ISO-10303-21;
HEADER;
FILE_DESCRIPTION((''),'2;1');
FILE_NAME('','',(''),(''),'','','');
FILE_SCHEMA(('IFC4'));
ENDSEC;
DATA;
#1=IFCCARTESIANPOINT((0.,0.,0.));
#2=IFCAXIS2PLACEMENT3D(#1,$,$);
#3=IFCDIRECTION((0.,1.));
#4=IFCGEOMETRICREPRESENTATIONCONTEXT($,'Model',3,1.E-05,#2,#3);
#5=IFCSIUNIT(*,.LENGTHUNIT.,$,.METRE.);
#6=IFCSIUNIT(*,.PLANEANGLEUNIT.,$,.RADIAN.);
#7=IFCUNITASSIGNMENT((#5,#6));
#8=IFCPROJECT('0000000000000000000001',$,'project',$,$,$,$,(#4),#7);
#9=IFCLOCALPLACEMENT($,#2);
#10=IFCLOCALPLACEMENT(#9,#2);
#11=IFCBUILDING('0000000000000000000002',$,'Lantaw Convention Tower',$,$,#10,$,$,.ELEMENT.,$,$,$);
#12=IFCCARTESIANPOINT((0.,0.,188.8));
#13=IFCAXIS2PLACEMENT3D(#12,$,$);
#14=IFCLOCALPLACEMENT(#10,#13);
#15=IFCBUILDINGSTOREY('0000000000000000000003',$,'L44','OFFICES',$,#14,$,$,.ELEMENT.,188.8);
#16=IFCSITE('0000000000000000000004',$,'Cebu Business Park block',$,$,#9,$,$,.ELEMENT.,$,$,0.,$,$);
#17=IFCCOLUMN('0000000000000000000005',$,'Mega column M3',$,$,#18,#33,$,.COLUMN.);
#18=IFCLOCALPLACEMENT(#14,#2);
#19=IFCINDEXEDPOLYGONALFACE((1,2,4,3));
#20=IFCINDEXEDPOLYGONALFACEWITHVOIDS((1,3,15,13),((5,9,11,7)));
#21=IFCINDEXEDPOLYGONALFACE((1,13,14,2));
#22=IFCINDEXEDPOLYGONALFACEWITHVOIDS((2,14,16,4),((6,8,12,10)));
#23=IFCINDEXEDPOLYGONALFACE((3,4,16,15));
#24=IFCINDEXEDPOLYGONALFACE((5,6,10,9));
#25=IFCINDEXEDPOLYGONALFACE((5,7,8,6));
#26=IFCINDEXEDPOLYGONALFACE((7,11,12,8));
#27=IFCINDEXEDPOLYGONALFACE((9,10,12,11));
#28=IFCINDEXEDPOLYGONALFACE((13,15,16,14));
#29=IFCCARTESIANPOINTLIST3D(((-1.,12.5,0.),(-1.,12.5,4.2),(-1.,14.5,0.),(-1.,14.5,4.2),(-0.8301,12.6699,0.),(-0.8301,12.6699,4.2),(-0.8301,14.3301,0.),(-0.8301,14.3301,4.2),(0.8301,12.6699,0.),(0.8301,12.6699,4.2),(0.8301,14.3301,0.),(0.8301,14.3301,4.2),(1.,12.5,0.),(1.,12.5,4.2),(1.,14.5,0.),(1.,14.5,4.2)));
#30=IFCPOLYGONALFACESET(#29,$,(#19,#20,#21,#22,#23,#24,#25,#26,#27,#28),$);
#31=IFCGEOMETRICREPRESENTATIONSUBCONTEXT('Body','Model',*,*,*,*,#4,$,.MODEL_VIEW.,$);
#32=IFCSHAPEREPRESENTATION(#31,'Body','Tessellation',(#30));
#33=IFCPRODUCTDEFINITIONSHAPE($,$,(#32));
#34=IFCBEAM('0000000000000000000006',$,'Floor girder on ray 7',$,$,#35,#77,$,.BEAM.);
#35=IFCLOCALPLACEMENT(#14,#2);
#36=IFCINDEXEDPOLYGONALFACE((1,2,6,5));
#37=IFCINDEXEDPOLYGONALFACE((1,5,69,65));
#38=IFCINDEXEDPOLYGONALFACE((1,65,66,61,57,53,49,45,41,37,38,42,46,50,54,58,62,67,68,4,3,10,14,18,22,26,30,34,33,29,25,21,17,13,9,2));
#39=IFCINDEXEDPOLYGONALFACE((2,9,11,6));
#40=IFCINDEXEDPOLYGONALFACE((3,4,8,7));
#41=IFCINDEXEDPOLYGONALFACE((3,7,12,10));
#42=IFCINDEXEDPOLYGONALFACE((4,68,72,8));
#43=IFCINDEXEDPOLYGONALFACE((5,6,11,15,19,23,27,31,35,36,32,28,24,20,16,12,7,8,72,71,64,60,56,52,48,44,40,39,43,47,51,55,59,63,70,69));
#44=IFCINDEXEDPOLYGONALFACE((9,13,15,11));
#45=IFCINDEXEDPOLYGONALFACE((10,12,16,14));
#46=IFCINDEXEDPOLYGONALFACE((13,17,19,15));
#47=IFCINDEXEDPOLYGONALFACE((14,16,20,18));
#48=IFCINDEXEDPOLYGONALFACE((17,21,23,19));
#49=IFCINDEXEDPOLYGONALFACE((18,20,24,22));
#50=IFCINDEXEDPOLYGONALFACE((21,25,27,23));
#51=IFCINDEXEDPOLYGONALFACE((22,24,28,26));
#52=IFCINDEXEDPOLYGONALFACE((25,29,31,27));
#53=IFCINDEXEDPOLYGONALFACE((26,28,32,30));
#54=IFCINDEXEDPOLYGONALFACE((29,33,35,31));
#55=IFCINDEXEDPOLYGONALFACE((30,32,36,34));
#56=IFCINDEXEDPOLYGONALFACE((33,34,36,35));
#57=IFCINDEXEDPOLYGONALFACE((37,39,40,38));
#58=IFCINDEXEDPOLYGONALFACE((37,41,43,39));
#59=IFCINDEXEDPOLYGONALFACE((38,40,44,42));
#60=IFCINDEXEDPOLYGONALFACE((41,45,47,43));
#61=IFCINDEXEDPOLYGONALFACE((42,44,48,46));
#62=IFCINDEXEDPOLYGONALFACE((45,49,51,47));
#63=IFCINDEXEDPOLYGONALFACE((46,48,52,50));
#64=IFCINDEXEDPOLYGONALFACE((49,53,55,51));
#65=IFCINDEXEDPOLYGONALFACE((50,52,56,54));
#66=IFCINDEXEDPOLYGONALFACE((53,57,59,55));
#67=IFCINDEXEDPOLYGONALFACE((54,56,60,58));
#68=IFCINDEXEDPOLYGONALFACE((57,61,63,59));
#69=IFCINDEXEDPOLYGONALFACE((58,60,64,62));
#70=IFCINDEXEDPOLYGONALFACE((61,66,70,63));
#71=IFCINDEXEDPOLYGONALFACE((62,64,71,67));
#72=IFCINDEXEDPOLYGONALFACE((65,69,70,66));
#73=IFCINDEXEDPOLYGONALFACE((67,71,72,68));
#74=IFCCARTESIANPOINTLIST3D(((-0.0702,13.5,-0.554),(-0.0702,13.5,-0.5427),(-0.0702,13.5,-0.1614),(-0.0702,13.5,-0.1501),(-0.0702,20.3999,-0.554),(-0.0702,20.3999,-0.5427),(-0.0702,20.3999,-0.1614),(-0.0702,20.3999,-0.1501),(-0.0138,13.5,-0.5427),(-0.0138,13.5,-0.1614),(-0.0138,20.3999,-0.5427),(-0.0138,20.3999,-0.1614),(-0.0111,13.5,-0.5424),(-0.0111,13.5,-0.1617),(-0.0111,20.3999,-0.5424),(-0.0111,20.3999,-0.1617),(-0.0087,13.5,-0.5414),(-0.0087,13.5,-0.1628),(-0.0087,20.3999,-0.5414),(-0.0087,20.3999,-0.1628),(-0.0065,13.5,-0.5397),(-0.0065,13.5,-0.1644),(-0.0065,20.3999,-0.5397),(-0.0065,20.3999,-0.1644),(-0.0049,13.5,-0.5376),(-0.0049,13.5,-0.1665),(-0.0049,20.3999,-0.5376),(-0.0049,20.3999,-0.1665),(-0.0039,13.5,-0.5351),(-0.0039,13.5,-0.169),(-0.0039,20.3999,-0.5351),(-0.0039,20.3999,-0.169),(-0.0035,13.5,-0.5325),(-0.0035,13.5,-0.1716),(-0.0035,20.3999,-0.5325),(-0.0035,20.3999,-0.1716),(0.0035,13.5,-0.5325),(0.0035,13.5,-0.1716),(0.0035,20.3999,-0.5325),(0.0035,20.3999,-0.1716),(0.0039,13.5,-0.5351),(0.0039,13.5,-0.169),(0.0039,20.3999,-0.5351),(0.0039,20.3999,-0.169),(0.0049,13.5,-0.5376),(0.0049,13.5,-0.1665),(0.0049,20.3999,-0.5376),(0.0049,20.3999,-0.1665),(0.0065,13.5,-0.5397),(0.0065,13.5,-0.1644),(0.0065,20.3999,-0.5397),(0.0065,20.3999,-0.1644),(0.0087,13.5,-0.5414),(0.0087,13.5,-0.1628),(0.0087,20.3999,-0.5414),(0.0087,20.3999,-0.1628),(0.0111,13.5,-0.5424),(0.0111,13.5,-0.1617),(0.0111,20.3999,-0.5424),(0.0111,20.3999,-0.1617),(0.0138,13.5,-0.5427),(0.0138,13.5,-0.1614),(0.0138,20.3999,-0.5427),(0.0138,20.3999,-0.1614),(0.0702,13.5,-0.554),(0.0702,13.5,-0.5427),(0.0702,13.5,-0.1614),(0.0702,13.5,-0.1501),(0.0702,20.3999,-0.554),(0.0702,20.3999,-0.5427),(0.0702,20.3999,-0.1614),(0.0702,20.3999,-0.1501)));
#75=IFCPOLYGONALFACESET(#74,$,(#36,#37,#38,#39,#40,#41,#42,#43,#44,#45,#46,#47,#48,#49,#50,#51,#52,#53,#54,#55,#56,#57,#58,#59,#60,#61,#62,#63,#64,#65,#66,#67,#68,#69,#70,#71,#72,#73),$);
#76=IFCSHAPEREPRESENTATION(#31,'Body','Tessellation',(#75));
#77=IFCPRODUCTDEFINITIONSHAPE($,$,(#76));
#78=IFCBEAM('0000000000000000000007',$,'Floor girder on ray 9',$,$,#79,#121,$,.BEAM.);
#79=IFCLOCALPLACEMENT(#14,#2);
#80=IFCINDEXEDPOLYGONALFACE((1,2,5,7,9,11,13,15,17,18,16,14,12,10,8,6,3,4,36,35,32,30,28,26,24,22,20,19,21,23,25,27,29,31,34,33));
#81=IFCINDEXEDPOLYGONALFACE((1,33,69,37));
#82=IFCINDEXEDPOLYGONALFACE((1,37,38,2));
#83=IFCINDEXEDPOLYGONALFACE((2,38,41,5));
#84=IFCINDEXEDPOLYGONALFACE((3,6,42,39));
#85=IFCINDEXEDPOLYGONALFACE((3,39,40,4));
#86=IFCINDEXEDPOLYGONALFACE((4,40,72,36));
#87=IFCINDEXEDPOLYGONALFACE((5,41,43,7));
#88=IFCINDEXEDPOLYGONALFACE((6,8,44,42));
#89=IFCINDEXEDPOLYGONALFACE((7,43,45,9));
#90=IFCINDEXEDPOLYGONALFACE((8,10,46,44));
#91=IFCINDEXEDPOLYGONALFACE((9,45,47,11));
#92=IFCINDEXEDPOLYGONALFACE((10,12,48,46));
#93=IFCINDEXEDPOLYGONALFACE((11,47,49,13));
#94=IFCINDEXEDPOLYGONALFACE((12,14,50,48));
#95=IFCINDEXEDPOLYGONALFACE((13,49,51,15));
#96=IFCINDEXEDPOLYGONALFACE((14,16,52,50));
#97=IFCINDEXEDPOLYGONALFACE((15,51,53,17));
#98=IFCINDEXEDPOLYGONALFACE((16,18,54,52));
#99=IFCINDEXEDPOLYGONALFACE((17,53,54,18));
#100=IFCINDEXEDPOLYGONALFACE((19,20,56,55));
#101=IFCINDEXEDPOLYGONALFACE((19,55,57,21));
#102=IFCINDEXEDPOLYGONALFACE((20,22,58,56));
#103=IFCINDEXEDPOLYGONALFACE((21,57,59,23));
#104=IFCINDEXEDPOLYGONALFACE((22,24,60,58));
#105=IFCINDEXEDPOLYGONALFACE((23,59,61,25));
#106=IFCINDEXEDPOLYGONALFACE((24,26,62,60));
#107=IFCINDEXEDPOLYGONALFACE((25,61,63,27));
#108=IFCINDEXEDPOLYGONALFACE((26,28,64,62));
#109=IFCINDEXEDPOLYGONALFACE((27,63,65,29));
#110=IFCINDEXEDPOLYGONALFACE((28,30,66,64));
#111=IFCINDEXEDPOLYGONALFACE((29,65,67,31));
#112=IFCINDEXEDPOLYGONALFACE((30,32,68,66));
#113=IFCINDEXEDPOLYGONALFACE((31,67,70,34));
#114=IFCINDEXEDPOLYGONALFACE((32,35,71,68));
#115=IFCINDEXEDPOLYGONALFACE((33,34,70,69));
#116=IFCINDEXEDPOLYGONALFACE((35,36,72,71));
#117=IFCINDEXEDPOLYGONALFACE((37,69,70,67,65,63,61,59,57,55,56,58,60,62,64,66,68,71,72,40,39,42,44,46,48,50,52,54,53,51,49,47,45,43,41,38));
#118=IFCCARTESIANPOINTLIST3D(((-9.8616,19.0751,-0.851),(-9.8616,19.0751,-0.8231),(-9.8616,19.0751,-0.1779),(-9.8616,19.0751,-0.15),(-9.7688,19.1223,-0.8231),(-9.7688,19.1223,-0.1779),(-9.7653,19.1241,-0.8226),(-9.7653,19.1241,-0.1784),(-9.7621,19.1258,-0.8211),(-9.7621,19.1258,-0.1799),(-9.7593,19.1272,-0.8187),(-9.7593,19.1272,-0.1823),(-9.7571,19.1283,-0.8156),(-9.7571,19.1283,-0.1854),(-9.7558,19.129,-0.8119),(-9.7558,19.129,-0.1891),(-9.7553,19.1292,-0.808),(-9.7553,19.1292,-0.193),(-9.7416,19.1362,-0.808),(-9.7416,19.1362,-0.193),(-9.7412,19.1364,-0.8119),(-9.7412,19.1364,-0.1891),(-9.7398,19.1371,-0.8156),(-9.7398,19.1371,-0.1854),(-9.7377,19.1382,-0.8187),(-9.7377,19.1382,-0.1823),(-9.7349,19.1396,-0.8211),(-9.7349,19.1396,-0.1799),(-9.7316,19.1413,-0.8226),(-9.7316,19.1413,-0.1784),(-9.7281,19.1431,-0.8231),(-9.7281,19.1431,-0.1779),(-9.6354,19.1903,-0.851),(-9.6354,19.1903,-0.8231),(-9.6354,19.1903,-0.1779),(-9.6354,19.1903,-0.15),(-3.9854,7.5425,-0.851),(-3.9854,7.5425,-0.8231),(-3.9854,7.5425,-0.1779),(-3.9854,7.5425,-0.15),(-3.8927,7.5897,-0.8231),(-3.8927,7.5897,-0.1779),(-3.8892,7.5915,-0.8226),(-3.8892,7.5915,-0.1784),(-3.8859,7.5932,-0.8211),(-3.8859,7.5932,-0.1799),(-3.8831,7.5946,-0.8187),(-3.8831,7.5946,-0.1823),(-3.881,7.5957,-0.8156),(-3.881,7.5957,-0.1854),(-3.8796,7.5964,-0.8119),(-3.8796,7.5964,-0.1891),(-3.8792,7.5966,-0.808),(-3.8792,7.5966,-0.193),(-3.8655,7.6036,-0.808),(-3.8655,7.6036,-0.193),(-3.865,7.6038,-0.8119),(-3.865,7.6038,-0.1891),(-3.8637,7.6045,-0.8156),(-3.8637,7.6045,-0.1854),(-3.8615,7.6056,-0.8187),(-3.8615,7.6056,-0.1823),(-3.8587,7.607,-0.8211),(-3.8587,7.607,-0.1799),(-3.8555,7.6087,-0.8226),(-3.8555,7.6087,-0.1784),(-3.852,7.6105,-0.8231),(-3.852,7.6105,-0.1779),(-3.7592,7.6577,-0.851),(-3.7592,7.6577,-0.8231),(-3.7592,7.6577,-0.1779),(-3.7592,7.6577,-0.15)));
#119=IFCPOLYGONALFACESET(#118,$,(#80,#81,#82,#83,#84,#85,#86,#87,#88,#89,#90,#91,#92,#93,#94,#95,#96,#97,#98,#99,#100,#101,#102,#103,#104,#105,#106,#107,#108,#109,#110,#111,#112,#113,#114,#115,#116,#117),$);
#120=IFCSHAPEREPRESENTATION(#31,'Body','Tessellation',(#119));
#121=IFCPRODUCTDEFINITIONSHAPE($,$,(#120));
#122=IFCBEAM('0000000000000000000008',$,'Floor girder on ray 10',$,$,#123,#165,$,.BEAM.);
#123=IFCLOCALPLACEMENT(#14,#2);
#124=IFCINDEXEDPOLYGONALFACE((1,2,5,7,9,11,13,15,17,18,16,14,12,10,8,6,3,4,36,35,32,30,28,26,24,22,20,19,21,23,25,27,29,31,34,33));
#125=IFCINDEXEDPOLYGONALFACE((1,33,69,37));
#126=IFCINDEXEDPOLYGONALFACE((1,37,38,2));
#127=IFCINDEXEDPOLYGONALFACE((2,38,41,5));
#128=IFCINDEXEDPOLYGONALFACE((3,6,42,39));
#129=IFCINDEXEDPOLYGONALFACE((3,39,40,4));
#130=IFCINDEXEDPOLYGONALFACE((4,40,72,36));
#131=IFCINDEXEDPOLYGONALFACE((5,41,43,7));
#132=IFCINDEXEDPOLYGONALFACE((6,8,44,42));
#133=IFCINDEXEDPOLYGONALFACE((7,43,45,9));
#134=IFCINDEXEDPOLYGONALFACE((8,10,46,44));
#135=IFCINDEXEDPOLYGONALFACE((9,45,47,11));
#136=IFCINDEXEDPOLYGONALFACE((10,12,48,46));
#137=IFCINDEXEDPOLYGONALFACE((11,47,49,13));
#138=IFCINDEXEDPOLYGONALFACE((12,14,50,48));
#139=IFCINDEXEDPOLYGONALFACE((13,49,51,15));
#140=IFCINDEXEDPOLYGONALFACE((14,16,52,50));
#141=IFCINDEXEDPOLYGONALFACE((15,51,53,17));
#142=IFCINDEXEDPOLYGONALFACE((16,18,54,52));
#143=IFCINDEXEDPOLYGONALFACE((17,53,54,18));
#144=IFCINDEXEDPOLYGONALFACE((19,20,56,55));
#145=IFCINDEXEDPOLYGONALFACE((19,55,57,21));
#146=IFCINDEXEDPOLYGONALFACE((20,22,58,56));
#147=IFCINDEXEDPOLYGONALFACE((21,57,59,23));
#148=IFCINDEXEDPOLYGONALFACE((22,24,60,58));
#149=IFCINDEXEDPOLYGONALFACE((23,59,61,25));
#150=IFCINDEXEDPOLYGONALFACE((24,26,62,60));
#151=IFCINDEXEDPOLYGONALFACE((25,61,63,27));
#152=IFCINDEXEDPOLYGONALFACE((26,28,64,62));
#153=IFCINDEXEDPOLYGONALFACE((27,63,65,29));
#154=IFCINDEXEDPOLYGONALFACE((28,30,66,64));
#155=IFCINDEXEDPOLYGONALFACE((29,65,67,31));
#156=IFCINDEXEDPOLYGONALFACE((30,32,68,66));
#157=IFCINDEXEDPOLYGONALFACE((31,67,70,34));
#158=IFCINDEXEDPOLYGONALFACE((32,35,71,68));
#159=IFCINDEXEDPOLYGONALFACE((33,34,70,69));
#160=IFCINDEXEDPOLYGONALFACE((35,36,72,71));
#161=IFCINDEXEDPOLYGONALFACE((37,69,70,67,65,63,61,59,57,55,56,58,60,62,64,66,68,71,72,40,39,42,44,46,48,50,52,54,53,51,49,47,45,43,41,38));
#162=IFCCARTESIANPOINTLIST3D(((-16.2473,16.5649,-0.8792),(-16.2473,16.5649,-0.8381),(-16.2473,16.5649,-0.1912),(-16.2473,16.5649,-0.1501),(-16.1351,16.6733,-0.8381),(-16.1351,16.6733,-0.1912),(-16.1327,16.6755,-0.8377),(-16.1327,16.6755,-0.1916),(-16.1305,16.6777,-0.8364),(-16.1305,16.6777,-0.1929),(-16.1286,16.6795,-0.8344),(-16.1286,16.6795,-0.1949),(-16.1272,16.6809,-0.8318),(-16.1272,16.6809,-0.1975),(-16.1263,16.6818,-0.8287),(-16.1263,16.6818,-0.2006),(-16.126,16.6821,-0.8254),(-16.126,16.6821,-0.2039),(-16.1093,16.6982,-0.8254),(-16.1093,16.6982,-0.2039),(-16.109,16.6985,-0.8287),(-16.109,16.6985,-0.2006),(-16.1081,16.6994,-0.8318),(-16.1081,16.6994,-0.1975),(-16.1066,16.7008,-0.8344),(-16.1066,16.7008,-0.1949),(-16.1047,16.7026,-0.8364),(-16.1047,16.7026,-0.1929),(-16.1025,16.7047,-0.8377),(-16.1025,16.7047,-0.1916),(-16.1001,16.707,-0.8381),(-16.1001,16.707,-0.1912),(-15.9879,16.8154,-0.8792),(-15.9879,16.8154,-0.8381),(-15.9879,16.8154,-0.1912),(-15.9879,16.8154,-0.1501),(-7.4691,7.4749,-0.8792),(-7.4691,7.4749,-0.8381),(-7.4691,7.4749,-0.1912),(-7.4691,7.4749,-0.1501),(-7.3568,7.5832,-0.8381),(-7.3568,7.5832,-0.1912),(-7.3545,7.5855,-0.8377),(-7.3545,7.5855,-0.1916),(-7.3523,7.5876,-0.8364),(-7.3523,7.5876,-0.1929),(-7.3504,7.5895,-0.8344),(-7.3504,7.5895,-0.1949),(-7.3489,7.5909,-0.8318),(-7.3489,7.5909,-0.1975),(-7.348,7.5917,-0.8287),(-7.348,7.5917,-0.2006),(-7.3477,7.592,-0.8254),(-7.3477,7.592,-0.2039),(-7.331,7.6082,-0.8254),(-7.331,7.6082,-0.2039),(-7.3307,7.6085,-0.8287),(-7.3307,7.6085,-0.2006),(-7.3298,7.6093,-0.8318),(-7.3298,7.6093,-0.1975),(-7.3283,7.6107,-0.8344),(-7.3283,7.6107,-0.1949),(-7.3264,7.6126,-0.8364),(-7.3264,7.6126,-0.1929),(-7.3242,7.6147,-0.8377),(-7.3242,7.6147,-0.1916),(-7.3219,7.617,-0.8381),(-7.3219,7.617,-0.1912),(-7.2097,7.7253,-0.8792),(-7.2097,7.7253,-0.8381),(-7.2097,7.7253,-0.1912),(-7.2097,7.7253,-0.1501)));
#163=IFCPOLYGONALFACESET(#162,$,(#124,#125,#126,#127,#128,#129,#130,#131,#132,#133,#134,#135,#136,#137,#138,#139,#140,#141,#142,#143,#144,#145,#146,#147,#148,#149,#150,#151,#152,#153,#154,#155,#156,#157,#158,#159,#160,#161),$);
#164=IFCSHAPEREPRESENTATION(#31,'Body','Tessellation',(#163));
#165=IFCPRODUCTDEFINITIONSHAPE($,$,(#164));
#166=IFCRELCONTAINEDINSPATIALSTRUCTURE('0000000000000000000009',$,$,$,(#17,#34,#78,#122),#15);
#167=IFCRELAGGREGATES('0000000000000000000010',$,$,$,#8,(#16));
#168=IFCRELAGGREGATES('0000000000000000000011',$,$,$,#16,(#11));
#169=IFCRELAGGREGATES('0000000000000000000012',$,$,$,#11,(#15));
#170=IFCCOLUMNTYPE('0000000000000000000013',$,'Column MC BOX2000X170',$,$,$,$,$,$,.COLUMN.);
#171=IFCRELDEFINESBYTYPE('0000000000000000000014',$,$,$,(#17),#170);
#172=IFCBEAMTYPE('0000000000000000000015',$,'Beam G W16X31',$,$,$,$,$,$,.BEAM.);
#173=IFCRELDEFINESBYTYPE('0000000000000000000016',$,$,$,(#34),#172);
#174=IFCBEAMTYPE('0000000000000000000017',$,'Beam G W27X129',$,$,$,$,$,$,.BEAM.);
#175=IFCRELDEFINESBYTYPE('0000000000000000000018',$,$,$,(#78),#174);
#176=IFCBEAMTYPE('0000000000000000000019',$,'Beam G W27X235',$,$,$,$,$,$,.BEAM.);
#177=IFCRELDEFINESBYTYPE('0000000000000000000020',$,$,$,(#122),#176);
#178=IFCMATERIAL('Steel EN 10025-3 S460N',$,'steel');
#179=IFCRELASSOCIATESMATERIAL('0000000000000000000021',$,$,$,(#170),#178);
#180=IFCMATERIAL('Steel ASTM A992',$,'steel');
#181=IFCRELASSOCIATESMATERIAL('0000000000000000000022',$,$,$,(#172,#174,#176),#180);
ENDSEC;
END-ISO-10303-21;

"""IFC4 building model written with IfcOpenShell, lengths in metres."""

from ifc_helpers import new_model, si_unit, direction, frame, origin, origin_2d, place, context, subcontext, project, spatial, rectangle, hollow_rectangle, i_section, extrude, material, material_profile, profile_set, type_object, element, save


model = new_model("IFC4")

# Units and contexts
model_context = context("Model", 3, precision=1e-05, world=origin(), true_north=direction((0.0, 1.0)))
body_context = subcontext(model_context, "Body", "Model", "MODEL_VIEW")
ifc_project = project(units=[si_unit("LENGTHUNIT", "METRE"), si_unit("PLANEANGLEUNIT", "RADIAN")], contexts=[model_context])

# Site, building, storey
site_placement = place(None, origin())
site = spatial("IfcSite", under=ifc_project, at=site_placement, Name="Cebu Business Park block", CompositionType="ELEMENT", RefElevation=0.0)
building_placement = place(site_placement, origin())
building = spatial("IfcBuilding", under=site, at=building_placement, Name="Lantaw Convention Tower", CompositionType="ELEMENT")
storey_placement = place(building_placement, frame((0.0, 0.0, 188.8)))
storey = spatial("IfcBuildingStorey", under=building, at=storey_placement, Name="L44", Description="OFFICES", CompositionType="ELEMENT", Elevation=188.8)

# Column
ifc_material_1 = material(Name="Steel EN 10025-3 S460N", Category="steel")
ifc_material_profile_1 = material_profile(ifc_material_1, hollow_rectangle(XDim=2.0, YDim=2.0, WallThickness=0.1699, at=origin_2d()), Name="BOX2000X170")
ifc_material_2 = material(Name="Concrete C60/75", Category="concrete")
ifc_material_profile_2 = material_profile(ifc_material_2, rectangle(XDim=1.6599, YDim=1.6599, at=origin_2d()), Name="Concrete fill of BOX2000X170")
ifc_profile_set_1 = profile_set([ifc_material_profile_1, ifc_material_profile_2], Name="Steel EN 10025-3 S460N")
column_type = type_object("IfcColumnType", Name="Column MC BOX2000X170", PredefinedType="COLUMN", material=ifc_profile_set_1)
column_placement = place(storey_placement, frame((0.0, 13.5, 0.0), z_axis=(0.0, 0.0, 1.0), x_axis=(1.0, 0.0, 0.0)))
element("IfcColumn", 1, at=column_placement, inside=storey, type_object=column_type, Name="Mega column M3", PredefinedType="COLUMN", context=body_context, shape_type="SweptSolid", body=[
    extrude(hollow_rectangle(XDim=2.0, YDim=2.0, WallThickness=0.1699, at=origin_2d()), origin(), (0.0, 0.0, 1.0), 4.2),
])

# Beams
ifc_material_3 = material(Name="Steel ASTM A992", Category="steel")
ifc_material_profile_3 = material_profile(ifc_material_3, i_section(OverallWidth=0.1404, OverallDepth=0.4038, WebThickness=0.0071, FlangeThickness=0.0112, FilletRadius=0.0103, at=origin_2d()), Name="W16X31")
ifc_profile_set_2 = profile_set([ifc_material_profile_3], Name="Steel ASTM A992")
beam_type_1 = type_object("IfcBeamType", Name="Beam G W16X31", PredefinedType="BEAM", material=ifc_profile_set_2)
beam_1_placement = place(storey_placement, frame((0.0, 13.5, -0.3521), z_axis=(0.0, 1.0, 0.0), x_axis=(-1.0, 0.0, 0.0)))
element("IfcBeam", 2, at=beam_1_placement, inside=storey, type_object=beam_type_1, Name="Floor girder on ray 7", PredefinedType="BEAM", context=body_context, shape_type="SweptSolid", body=[
    extrude(i_section(OverallWidth=0.1404, OverallDepth=0.4038, WebThickness=0.0071, FlangeThickness=0.0112, FilletRadius=0.0103, at=origin_2d()), origin(), (0.0, 0.0, 1.0), 6.8999),
])
ifc_material_profile_4 = material_profile(ifc_material_3, i_section(OverallWidth=0.2539, OverallDepth=0.7009, WebThickness=0.0154, FlangeThickness=0.0278, FilletRadius=0.0151, at=origin_2d()), Name="W27X129")
ifc_profile_set_3 = profile_set([ifc_material_profile_4], Name="Steel ASTM A992")
beam_type_2 = type_object("IfcBeamType", Name="Beam G W27X129", PredefinedType="BEAM", material=ifc_profile_set_3)
beam_2_placement = place(storey_placement, frame((-3.8723, 7.6001, -0.5005), z_axis=(-0.453991, 0.891006, 0.0), x_axis=(-0.891006, -0.453991, 0.0)))
element("IfcBeam", 3, at=beam_2_placement, inside=storey, type_object=beam_type_2, Name="Floor girder on ray 9", PredefinedType="BEAM", context=body_context, shape_type="SweptSolid", body=[
    extrude(i_section(OverallWidth=0.2539, OverallDepth=0.7009, WebThickness=0.0154, FlangeThickness=0.0278, FilletRadius=0.0151, at=origin_2d()), origin(), (0.0, 0.0, 1.0), 12.9434),
])
ifc_material_profile_5 = material_profile(ifc_material_3, i_section(OverallWidth=0.3606, OverallDepth=0.729, WebThickness=0.0232, FlangeThickness=0.041, FilletRadius=0.0127, at=origin_2d()), Name="W27X235")
ifc_profile_set_4 = profile_set([ifc_material_profile_5], Name="Steel ASTM A992")
beam_type_3 = type_object("IfcBeamType", Name="Beam G W27X235", PredefinedType="BEAM", material=ifc_profile_set_4)
beam_3_placement = place(storey_placement, frame((-7.3394, 7.6001, -0.5146), z_axis=(-0.694663, 0.719335, 0.0), x_axis=(-0.719335, -0.694663, 0.0)))
element("IfcBeam", 4, at=beam_3_placement, inside=storey, type_object=beam_type_3, Name="Floor girder on ray 10", PredefinedType="BEAM", context=body_context, shape_type="SweptSolid", body=[
    extrude(i_section(OverallWidth=0.3606, OverallDepth=0.729, WebThickness=0.0232, FlangeThickness=0.041, FilletRadius=0.0127, at=origin_2d()), origin(), (0.0, 0.0, 1.0), 12.6367),
])

save(model, "model.ifc")
